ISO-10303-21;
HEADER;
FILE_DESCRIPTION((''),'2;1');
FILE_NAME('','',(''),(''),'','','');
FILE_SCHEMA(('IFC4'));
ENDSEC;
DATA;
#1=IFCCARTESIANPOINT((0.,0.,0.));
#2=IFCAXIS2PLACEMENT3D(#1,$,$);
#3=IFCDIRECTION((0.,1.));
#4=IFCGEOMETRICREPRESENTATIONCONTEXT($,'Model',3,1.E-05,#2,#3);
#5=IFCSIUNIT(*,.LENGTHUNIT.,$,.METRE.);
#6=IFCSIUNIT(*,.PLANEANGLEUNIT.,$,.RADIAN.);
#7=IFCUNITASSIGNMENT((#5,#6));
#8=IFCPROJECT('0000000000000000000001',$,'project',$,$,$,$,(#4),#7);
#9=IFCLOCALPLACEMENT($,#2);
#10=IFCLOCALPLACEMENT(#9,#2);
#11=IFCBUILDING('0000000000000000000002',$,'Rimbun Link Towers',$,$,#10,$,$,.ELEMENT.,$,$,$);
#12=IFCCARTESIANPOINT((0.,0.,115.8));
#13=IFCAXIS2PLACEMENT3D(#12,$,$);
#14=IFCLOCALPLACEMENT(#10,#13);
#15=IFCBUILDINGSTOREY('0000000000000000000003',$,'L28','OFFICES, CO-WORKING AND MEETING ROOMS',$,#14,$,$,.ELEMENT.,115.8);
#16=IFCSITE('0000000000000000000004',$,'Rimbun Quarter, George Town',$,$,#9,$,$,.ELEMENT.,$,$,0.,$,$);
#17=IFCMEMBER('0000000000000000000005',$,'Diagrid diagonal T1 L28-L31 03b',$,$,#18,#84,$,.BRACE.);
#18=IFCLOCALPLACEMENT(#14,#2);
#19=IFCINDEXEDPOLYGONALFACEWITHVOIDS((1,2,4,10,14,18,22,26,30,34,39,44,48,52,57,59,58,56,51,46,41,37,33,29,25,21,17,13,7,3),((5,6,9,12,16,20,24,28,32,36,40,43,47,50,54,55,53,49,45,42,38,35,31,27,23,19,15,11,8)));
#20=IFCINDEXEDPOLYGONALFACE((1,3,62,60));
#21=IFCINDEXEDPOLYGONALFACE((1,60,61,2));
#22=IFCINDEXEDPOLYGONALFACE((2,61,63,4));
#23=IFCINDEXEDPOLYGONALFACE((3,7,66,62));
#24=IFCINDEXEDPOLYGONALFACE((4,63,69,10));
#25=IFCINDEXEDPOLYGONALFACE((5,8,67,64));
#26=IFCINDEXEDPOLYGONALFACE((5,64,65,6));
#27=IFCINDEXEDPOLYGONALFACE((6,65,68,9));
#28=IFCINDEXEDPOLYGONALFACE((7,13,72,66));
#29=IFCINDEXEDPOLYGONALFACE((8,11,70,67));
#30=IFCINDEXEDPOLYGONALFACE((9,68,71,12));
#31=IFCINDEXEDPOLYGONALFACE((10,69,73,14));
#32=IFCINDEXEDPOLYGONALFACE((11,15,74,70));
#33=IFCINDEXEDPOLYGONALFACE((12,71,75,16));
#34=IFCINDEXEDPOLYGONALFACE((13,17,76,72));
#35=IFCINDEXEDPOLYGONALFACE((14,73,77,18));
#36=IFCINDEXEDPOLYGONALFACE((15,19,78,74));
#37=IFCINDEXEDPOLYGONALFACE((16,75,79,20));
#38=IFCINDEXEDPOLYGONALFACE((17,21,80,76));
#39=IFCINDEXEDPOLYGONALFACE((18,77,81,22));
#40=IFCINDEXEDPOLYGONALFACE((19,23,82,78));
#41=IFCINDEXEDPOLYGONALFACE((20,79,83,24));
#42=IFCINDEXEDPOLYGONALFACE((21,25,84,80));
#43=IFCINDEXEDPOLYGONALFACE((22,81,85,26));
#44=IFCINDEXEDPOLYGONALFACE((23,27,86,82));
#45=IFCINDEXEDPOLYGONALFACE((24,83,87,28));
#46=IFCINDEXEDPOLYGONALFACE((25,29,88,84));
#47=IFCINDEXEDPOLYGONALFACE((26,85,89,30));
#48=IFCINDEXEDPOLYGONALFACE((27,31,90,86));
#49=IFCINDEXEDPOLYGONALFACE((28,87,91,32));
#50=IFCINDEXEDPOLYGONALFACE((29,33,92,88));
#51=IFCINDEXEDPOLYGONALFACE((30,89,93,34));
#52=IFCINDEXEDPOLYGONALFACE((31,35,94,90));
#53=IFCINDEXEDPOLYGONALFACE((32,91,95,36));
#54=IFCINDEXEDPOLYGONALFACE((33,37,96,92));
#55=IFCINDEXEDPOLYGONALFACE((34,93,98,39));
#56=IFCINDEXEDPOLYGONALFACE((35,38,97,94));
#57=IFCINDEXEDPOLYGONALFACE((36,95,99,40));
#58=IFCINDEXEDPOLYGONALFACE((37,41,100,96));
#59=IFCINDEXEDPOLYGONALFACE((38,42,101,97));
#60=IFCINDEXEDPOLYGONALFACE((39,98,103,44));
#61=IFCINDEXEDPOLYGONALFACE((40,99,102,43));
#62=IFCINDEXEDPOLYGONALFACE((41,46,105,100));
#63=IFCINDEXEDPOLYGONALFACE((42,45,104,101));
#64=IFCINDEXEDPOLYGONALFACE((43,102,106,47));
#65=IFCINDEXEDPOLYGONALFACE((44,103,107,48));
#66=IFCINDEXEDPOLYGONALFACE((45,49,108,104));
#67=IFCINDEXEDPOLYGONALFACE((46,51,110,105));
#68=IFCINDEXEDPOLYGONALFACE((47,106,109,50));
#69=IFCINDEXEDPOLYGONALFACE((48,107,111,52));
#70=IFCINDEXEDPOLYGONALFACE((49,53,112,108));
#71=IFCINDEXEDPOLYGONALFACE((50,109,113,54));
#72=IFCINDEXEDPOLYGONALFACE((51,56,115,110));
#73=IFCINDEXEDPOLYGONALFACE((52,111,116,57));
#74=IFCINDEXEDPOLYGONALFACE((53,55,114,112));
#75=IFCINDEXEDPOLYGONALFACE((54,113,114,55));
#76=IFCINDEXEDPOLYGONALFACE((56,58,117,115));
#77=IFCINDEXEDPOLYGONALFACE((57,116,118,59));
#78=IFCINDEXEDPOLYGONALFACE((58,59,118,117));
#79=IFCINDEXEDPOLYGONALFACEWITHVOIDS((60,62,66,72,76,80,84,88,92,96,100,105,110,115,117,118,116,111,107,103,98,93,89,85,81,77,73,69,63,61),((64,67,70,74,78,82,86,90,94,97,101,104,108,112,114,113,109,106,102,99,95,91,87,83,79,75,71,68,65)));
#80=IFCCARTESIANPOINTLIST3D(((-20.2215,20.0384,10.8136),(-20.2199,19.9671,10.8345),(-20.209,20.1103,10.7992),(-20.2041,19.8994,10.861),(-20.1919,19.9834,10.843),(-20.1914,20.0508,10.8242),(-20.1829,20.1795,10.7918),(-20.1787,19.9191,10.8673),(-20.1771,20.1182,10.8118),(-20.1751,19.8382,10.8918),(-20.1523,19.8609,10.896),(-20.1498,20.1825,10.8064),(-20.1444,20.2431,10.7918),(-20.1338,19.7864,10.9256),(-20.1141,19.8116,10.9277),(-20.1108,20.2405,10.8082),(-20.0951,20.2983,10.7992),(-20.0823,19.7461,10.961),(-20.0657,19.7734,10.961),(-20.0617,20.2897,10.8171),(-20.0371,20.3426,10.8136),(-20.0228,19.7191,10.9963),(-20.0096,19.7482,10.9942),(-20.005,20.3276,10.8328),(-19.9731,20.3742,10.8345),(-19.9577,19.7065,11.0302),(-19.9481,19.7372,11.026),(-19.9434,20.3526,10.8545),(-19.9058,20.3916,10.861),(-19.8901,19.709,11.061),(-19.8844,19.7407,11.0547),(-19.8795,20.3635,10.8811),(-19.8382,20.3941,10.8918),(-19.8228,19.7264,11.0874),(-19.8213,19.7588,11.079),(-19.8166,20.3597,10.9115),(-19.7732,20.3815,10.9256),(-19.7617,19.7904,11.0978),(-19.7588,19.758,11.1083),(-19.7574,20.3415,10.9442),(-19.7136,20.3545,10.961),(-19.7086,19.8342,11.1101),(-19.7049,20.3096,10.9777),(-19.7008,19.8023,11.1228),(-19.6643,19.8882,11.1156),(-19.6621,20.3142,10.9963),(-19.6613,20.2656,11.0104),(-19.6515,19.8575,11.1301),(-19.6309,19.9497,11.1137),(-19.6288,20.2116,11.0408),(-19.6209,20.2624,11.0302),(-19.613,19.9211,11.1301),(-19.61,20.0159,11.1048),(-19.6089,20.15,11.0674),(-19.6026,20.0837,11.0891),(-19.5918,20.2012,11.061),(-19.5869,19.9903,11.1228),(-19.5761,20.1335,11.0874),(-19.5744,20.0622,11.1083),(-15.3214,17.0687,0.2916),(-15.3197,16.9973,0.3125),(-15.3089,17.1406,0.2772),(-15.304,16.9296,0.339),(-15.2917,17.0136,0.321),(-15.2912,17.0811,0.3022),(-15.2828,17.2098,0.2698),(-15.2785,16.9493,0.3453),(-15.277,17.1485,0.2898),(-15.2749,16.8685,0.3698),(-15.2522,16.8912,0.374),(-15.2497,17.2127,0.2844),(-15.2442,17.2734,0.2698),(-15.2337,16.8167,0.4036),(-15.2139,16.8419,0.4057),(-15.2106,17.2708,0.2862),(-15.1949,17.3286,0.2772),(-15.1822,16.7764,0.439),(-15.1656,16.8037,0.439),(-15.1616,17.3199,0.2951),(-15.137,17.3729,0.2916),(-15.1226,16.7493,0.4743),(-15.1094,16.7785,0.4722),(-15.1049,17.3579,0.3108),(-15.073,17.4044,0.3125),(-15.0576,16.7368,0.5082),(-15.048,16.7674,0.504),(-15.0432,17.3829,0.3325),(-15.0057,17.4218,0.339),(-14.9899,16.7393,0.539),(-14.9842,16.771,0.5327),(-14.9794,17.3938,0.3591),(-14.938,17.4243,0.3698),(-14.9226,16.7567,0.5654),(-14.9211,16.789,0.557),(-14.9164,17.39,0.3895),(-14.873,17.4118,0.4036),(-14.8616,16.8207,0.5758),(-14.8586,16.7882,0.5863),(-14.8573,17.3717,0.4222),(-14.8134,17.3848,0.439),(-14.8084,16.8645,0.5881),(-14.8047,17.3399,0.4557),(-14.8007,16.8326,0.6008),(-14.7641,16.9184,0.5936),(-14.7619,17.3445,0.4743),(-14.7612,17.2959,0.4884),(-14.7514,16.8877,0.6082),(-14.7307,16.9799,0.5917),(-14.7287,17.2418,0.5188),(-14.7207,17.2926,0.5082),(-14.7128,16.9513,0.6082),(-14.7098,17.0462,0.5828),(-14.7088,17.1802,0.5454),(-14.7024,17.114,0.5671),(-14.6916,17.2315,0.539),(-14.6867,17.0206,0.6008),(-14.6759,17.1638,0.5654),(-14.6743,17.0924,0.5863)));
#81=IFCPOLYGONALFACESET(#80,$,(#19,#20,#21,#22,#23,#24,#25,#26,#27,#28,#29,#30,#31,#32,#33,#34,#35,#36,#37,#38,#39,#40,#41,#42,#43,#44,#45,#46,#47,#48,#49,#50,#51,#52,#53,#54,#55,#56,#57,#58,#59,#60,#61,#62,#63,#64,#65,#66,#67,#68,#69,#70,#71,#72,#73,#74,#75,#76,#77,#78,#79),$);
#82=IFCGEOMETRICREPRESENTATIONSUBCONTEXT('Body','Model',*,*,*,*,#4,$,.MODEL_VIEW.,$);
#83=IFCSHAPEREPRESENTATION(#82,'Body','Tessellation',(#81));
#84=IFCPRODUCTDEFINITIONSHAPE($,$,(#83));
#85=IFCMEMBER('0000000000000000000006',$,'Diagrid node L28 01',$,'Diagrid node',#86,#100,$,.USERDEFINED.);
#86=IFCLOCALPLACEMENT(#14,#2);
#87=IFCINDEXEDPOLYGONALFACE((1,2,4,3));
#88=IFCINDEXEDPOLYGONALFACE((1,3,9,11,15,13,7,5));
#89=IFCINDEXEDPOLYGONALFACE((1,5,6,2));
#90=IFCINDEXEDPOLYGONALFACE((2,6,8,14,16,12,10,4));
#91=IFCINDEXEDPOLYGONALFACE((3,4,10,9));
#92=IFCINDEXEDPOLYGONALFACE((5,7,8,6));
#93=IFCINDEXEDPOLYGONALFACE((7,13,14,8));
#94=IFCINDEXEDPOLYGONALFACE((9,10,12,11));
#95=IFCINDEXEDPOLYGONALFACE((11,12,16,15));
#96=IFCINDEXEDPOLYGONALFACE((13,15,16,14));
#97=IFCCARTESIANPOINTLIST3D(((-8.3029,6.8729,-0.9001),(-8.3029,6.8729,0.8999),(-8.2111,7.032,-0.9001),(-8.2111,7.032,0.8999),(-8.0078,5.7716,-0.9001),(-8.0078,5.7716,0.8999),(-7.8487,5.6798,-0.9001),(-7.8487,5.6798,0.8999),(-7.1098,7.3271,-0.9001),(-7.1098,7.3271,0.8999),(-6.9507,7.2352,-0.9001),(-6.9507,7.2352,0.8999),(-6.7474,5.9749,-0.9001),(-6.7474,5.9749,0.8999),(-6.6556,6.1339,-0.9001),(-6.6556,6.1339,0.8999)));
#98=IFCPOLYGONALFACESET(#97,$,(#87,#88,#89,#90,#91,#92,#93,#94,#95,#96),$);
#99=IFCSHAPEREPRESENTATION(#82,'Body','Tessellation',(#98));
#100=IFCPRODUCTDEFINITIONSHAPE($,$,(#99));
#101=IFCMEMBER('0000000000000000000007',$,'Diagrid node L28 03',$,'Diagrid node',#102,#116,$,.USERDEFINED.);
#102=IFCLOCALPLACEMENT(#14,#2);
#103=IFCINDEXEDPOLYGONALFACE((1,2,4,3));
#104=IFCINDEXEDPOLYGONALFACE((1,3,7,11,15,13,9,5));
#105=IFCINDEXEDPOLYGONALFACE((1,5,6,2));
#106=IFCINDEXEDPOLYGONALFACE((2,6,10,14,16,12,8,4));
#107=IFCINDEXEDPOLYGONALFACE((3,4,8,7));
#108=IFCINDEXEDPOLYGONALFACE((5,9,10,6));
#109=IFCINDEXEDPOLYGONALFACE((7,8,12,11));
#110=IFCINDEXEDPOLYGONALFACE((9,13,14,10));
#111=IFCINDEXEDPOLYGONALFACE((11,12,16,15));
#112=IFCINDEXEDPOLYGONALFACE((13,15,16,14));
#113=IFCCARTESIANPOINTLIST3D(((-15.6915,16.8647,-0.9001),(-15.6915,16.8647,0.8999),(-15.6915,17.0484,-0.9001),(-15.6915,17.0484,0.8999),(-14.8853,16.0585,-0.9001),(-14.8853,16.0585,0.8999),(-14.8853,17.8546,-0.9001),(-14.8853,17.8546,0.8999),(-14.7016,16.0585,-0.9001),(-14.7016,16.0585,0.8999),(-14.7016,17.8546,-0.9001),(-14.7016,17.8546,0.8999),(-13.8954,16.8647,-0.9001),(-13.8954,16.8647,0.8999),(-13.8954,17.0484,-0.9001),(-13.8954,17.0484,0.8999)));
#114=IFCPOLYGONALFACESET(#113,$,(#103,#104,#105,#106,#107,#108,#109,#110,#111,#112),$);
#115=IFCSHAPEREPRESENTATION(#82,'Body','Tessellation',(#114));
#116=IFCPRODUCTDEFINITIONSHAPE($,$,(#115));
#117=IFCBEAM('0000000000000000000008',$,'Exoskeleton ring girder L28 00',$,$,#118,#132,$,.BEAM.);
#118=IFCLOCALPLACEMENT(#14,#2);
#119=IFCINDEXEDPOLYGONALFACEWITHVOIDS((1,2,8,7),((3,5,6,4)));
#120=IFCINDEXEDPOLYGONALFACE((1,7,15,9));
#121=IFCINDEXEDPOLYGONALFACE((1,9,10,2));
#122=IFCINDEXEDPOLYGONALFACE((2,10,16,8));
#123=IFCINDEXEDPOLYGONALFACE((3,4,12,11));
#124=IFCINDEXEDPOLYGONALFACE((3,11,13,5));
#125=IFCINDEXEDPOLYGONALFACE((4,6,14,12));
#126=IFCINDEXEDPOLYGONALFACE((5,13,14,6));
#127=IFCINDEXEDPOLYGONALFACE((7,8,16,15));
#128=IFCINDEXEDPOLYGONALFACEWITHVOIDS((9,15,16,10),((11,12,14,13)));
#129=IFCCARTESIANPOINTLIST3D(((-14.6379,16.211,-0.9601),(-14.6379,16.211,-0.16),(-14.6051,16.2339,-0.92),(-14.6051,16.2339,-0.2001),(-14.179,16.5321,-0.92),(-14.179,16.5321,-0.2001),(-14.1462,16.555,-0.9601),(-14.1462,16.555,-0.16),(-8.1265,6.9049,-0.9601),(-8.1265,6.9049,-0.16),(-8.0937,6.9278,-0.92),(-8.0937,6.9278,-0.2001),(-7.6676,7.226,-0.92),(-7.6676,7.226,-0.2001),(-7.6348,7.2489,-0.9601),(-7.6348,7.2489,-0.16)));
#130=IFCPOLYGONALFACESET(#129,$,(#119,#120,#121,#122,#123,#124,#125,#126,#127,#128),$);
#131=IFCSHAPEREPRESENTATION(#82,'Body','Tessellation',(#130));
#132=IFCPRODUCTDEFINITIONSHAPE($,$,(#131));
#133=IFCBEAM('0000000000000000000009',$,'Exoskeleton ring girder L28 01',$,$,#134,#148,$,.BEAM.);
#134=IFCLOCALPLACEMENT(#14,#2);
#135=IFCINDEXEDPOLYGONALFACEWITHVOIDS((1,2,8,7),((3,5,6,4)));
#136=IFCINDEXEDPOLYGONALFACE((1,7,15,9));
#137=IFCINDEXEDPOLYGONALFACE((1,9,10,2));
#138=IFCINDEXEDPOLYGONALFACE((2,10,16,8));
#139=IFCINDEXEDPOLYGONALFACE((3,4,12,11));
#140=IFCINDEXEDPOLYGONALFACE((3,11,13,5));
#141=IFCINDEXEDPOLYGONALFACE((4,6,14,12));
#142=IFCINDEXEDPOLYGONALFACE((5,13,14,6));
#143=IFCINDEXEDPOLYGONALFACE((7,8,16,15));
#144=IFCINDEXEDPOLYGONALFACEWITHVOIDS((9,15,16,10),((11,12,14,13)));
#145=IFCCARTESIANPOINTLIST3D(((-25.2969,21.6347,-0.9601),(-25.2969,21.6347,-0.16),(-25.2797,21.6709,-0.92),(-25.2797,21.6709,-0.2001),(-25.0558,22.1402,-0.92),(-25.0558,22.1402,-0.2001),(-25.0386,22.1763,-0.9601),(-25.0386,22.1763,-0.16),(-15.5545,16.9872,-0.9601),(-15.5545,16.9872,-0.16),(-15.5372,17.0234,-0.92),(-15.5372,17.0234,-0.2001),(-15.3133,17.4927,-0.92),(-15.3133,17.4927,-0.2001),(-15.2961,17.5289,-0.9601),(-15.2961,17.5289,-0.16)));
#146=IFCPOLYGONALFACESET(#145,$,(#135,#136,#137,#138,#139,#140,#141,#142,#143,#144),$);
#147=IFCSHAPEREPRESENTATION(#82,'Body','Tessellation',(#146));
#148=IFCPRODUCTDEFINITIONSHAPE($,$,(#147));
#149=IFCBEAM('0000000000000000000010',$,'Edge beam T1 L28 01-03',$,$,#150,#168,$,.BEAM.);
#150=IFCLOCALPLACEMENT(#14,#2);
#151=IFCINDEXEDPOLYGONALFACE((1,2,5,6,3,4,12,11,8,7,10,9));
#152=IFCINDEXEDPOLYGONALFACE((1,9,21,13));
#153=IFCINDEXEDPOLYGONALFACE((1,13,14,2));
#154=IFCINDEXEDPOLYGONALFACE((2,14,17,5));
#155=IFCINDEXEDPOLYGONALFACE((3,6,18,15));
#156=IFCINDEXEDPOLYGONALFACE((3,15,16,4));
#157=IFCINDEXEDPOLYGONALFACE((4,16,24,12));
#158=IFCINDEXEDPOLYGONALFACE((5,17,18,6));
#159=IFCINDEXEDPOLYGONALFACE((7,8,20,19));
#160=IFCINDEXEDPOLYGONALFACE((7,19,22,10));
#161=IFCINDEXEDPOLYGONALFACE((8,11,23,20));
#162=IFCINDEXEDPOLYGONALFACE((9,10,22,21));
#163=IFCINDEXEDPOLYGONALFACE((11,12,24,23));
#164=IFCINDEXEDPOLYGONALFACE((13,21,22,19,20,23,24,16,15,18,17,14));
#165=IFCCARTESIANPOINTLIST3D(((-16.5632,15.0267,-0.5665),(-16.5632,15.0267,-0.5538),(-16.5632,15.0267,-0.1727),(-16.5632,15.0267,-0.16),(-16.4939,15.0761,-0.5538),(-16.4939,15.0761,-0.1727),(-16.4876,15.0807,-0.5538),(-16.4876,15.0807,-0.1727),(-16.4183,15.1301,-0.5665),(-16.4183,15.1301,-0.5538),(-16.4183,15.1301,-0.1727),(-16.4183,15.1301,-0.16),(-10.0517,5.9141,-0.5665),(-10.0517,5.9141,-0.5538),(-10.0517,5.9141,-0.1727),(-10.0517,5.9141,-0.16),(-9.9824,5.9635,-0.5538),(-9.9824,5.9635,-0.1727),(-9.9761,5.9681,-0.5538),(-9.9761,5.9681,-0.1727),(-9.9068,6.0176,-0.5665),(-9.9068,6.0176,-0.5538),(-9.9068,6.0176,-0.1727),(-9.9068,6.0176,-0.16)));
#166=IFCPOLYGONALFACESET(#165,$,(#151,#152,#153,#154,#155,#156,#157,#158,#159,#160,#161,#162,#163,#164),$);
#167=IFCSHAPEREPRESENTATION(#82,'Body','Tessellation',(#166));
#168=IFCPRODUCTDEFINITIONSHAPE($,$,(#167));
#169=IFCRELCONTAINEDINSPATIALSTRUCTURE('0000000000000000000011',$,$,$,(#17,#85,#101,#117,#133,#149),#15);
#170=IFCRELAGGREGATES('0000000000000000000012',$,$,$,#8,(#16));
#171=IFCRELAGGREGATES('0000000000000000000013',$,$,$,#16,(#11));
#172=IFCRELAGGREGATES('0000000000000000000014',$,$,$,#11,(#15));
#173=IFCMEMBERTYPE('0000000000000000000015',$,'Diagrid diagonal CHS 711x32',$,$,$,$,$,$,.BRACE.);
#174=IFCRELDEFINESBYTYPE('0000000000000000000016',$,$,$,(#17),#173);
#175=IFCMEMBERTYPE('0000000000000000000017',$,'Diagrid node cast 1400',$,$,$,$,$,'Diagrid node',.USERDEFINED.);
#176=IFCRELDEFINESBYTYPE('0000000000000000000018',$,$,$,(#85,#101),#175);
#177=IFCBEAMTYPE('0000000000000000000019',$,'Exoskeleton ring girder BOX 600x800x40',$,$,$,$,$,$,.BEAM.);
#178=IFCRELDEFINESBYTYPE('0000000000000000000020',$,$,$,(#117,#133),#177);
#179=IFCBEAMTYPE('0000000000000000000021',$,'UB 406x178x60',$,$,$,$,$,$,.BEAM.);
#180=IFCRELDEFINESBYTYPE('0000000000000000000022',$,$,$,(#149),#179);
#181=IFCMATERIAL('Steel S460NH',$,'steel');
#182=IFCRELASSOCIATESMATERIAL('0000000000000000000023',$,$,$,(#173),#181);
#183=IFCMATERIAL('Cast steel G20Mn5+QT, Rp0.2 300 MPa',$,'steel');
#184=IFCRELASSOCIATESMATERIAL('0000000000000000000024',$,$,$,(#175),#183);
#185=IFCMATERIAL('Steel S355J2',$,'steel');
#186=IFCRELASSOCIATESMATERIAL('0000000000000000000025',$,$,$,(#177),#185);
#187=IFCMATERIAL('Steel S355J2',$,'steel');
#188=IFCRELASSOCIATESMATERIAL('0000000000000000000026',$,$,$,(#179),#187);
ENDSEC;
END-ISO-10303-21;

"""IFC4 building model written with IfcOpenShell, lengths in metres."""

from ifc_helpers import new_model, si_unit, direction, frame, origin, origin_2d, place, context, subcontext, project, spatial, polyline, hollow_rectangle, hollow_circle, i_section, outline, extrude, material, material_profile, profile_set, type_object, element, save


model = new_model("IFC4")

# Units and contexts
model_context = context("Model", 3, precision=1e-05, world=origin(), true_north=direction((0.0, 1.0)))
body_context = subcontext(model_context, "Body", "Model", "MODEL_VIEW")
ifc_project = project(units=[si_unit("LENGTHUNIT", "METRE"), si_unit("PLANEANGLEUNIT", "RADIAN")], contexts=[model_context])

# Site, building, storey
site_placement = place(None, origin())
site = spatial("IfcSite", under=ifc_project, at=site_placement, Name="Rimbun Quarter, George Town", CompositionType="ELEMENT", RefElevation=0.0)
building_placement = place(site_placement, origin())
building = spatial("IfcBuilding", under=site, at=building_placement, Name="Rimbun Link Towers", CompositionType="ELEMENT")
storey_placement = place(building_placement, frame((0.0, 0.0, 115.8)))
storey = spatial("IfcBuildingStorey", under=building, at=storey_placement, Name="L28", Description="OFFICES, CO-WORKING AND MEETING ROOMS", CompositionType="ELEMENT", Elevation=115.8)

# Members
ifc_material_1 = material(Name="Steel S460NH", Category="steel")
ifc_material_profile_1 = material_profile(ifc_material_1, hollow_circle(Radius=0.3557, WallThickness=0.032, at=origin_2d()), Name="Diagrid diagonal CHS 711x32")
ifc_profile_set_1 = profile_set([ifc_material_profile_1], Name="Steel S460NH")
member_type_1 = type_object("IfcMemberType", Name="Diagrid diagonal CHS 711x32", PredefinedType="BRACE", material=ifc_profile_set_1)
member_1_placement = place(storey_placement, frame((-14.9978, 17.0806, 0.439), z_axis=(-0.408996, 0.247871, 0.878227), x_axis=(-0.518294, -0.855202, 0.0)))
element("IfcMember", 1, at=member_1_placement, inside=storey, type_object=member_type_1, Name="Diagrid diagonal T1 L28-L31 03b", PredefinedType="BRACE", context=body_context, shape_type="SweptSolid", body=[
    extrude(hollow_circle(Radius=0.3557, WallThickness=0.032, at=origin_2d()), origin(), (0.0, 0.0, 1.0), 11.981),
])
ifc_material_2 = material(Name="Cast steel G20Mn5+QT, Rp0.2 300 MPa", Category="steel")
ifc_material_profile_2 = material_profile(ifc_material_2, outline(polyline([(0.7, -0.5701), (0.7, 0.5701), (0.5701, 0.7), (-0.5701, 0.7), (-0.7, 0.5701), (-0.7, -0.5701), (-0.5701, -0.7), (0.5701, -0.7), (0.7, -0.5701)])), Name="NODE 1400x1400")
ifc_profile_set_2 = profile_set([ifc_material_profile_2], Name="Cast steel G20Mn5+QT, Rp0.2 300 MPa")
member_type_2 = type_object("IfcMemberType", Name="Diagrid node cast 1400", ElementType="Diagrid node", PredefinedType="USERDEFINED", material=ifc_profile_set_2)
for number, where, z_axis, x_axis, name in (
    (2, (-7.4792, 6.5034, -0.9001), (0.0, 0.0, 1.0), (0.965926, 0.258819, 0.0), "Diagrid node L28 01"),
    (3, (-14.7935, 16.9565, -0.9001), (0.0, 0.0, 1.0), (0.707107, 0.707107, 0.0), "Diagrid node L28 03"),
):
    element("IfcMember", number, at=place(storey_placement, frame(where, z_axis=z_axis, x_axis=x_axis)), inside=storey, type_object=member_type_2, Name=name, ObjectType="Diagrid node", PredefinedType="USERDEFINED", context=body_context, shape_type="SweptSolid", body=[
        extrude(outline(polyline([(0.7, -0.5701), (0.7, 0.5701), (0.5701, 0.7), (-0.5701, 0.7), (-0.7, 0.5701), (-0.7, -0.5701), (-0.5701, -0.7), (0.5701, -0.7), (0.7, -0.5701)])), origin(), (0.0, 0.0, 1.0), 1.8),
    ])

# Beams
ifc_material_3 = material(Name="Steel S355J2", Category="steel")
ifc_material_profile_3 = material_profile(ifc_material_3, hollow_rectangle(XDim=0.6001, YDim=0.8, WallThickness=0.04, at=origin_2d()), Name="Exoskeleton ring girder BOX 600x800x40")
ifc_profile_set_3 = profile_set([ifc_material_profile_3], Name="Steel S355J2")
beam_type_1 = type_object("IfcBeamType", Name="Exoskeleton ring girder BOX 600x800x40", PredefinedType="BEAM", material=ifc_profile_set_3)
beam_1_placement = place(storey_placement, frame((-7.8806, 7.0769, -0.5601), z_axis=(-0.573295, 0.819349, 0.0), x_axis=(-0.819349, -0.573295, 0.0)))
element("IfcBeam", 4, at=beam_1_placement, inside=storey, type_object=beam_type_1, Name="Exoskeleton ring girder L28 00", PredefinedType="BEAM", context=body_context, shape_type="SweptSolid", body=[
    extrude(hollow_rectangle(XDim=0.6001, YDim=0.8, WallThickness=0.04, at=origin_2d()), origin(), (0.0, 0.0, 1.0), 11.3579),
])
beam_2_placement = place(storey_placement, frame((-15.4253, 17.2581, -0.5601), z_axis=(-0.902565, 0.430553, 0.0), x_axis=(-0.430553, -0.902565, 0.0)))
element("IfcBeam", 5, at=beam_2_placement, inside=storey, type_object=beam_type_1, Name="Exoskeleton ring girder L28 01", PredefinedType="BEAM", context=body_context, shape_type="SweptSolid", body=[
    extrude(hollow_rectangle(XDim=0.6001, YDim=0.8, WallThickness=0.04, at=origin_2d()), origin(), (0.0, 0.0, 1.0), 10.7942),
])
ifc_material_4 = material(Name="Steel S355J2", Category="steel")
ifc_material_profile_4 = material_profile(ifc_material_4, i_section(OverallWidth=0.178, OverallDepth=0.4065, WebThickness=0.0078, FlangeThickness=0.0127, at=origin_2d()), Name="UB 406x178x60")
ifc_profile_set_4 = profile_set([ifc_material_profile_4], Name="Steel S355J2")
beam_type_2 = type_object("IfcBeamType", Name="UB 406x178x60", PredefinedType="BEAM", material=ifc_profile_set_4)
beam_3_placement = place(storey_placement, frame((-9.9792, 5.9658, -0.3633), z_axis=(-0.581387, 0.813627, 0.0), x_axis=(-0.813627, -0.581387, 0.0)))
element("IfcBeam", 6, at=beam_3_placement, inside=storey, type_object=beam_type_2, Name="Edge beam T1 L28 01-03", PredefinedType="BEAM", context=body_context, shape_type="SweptSolid", body=[
    extrude(i_section(OverallWidth=0.178, OverallDepth=0.4065, WebThickness=0.0078, FlangeThickness=0.0127, at=origin_2d()), origin(), (0.0, 0.0, 1.0), 11.2),
])

save(model, "model.ifc")
